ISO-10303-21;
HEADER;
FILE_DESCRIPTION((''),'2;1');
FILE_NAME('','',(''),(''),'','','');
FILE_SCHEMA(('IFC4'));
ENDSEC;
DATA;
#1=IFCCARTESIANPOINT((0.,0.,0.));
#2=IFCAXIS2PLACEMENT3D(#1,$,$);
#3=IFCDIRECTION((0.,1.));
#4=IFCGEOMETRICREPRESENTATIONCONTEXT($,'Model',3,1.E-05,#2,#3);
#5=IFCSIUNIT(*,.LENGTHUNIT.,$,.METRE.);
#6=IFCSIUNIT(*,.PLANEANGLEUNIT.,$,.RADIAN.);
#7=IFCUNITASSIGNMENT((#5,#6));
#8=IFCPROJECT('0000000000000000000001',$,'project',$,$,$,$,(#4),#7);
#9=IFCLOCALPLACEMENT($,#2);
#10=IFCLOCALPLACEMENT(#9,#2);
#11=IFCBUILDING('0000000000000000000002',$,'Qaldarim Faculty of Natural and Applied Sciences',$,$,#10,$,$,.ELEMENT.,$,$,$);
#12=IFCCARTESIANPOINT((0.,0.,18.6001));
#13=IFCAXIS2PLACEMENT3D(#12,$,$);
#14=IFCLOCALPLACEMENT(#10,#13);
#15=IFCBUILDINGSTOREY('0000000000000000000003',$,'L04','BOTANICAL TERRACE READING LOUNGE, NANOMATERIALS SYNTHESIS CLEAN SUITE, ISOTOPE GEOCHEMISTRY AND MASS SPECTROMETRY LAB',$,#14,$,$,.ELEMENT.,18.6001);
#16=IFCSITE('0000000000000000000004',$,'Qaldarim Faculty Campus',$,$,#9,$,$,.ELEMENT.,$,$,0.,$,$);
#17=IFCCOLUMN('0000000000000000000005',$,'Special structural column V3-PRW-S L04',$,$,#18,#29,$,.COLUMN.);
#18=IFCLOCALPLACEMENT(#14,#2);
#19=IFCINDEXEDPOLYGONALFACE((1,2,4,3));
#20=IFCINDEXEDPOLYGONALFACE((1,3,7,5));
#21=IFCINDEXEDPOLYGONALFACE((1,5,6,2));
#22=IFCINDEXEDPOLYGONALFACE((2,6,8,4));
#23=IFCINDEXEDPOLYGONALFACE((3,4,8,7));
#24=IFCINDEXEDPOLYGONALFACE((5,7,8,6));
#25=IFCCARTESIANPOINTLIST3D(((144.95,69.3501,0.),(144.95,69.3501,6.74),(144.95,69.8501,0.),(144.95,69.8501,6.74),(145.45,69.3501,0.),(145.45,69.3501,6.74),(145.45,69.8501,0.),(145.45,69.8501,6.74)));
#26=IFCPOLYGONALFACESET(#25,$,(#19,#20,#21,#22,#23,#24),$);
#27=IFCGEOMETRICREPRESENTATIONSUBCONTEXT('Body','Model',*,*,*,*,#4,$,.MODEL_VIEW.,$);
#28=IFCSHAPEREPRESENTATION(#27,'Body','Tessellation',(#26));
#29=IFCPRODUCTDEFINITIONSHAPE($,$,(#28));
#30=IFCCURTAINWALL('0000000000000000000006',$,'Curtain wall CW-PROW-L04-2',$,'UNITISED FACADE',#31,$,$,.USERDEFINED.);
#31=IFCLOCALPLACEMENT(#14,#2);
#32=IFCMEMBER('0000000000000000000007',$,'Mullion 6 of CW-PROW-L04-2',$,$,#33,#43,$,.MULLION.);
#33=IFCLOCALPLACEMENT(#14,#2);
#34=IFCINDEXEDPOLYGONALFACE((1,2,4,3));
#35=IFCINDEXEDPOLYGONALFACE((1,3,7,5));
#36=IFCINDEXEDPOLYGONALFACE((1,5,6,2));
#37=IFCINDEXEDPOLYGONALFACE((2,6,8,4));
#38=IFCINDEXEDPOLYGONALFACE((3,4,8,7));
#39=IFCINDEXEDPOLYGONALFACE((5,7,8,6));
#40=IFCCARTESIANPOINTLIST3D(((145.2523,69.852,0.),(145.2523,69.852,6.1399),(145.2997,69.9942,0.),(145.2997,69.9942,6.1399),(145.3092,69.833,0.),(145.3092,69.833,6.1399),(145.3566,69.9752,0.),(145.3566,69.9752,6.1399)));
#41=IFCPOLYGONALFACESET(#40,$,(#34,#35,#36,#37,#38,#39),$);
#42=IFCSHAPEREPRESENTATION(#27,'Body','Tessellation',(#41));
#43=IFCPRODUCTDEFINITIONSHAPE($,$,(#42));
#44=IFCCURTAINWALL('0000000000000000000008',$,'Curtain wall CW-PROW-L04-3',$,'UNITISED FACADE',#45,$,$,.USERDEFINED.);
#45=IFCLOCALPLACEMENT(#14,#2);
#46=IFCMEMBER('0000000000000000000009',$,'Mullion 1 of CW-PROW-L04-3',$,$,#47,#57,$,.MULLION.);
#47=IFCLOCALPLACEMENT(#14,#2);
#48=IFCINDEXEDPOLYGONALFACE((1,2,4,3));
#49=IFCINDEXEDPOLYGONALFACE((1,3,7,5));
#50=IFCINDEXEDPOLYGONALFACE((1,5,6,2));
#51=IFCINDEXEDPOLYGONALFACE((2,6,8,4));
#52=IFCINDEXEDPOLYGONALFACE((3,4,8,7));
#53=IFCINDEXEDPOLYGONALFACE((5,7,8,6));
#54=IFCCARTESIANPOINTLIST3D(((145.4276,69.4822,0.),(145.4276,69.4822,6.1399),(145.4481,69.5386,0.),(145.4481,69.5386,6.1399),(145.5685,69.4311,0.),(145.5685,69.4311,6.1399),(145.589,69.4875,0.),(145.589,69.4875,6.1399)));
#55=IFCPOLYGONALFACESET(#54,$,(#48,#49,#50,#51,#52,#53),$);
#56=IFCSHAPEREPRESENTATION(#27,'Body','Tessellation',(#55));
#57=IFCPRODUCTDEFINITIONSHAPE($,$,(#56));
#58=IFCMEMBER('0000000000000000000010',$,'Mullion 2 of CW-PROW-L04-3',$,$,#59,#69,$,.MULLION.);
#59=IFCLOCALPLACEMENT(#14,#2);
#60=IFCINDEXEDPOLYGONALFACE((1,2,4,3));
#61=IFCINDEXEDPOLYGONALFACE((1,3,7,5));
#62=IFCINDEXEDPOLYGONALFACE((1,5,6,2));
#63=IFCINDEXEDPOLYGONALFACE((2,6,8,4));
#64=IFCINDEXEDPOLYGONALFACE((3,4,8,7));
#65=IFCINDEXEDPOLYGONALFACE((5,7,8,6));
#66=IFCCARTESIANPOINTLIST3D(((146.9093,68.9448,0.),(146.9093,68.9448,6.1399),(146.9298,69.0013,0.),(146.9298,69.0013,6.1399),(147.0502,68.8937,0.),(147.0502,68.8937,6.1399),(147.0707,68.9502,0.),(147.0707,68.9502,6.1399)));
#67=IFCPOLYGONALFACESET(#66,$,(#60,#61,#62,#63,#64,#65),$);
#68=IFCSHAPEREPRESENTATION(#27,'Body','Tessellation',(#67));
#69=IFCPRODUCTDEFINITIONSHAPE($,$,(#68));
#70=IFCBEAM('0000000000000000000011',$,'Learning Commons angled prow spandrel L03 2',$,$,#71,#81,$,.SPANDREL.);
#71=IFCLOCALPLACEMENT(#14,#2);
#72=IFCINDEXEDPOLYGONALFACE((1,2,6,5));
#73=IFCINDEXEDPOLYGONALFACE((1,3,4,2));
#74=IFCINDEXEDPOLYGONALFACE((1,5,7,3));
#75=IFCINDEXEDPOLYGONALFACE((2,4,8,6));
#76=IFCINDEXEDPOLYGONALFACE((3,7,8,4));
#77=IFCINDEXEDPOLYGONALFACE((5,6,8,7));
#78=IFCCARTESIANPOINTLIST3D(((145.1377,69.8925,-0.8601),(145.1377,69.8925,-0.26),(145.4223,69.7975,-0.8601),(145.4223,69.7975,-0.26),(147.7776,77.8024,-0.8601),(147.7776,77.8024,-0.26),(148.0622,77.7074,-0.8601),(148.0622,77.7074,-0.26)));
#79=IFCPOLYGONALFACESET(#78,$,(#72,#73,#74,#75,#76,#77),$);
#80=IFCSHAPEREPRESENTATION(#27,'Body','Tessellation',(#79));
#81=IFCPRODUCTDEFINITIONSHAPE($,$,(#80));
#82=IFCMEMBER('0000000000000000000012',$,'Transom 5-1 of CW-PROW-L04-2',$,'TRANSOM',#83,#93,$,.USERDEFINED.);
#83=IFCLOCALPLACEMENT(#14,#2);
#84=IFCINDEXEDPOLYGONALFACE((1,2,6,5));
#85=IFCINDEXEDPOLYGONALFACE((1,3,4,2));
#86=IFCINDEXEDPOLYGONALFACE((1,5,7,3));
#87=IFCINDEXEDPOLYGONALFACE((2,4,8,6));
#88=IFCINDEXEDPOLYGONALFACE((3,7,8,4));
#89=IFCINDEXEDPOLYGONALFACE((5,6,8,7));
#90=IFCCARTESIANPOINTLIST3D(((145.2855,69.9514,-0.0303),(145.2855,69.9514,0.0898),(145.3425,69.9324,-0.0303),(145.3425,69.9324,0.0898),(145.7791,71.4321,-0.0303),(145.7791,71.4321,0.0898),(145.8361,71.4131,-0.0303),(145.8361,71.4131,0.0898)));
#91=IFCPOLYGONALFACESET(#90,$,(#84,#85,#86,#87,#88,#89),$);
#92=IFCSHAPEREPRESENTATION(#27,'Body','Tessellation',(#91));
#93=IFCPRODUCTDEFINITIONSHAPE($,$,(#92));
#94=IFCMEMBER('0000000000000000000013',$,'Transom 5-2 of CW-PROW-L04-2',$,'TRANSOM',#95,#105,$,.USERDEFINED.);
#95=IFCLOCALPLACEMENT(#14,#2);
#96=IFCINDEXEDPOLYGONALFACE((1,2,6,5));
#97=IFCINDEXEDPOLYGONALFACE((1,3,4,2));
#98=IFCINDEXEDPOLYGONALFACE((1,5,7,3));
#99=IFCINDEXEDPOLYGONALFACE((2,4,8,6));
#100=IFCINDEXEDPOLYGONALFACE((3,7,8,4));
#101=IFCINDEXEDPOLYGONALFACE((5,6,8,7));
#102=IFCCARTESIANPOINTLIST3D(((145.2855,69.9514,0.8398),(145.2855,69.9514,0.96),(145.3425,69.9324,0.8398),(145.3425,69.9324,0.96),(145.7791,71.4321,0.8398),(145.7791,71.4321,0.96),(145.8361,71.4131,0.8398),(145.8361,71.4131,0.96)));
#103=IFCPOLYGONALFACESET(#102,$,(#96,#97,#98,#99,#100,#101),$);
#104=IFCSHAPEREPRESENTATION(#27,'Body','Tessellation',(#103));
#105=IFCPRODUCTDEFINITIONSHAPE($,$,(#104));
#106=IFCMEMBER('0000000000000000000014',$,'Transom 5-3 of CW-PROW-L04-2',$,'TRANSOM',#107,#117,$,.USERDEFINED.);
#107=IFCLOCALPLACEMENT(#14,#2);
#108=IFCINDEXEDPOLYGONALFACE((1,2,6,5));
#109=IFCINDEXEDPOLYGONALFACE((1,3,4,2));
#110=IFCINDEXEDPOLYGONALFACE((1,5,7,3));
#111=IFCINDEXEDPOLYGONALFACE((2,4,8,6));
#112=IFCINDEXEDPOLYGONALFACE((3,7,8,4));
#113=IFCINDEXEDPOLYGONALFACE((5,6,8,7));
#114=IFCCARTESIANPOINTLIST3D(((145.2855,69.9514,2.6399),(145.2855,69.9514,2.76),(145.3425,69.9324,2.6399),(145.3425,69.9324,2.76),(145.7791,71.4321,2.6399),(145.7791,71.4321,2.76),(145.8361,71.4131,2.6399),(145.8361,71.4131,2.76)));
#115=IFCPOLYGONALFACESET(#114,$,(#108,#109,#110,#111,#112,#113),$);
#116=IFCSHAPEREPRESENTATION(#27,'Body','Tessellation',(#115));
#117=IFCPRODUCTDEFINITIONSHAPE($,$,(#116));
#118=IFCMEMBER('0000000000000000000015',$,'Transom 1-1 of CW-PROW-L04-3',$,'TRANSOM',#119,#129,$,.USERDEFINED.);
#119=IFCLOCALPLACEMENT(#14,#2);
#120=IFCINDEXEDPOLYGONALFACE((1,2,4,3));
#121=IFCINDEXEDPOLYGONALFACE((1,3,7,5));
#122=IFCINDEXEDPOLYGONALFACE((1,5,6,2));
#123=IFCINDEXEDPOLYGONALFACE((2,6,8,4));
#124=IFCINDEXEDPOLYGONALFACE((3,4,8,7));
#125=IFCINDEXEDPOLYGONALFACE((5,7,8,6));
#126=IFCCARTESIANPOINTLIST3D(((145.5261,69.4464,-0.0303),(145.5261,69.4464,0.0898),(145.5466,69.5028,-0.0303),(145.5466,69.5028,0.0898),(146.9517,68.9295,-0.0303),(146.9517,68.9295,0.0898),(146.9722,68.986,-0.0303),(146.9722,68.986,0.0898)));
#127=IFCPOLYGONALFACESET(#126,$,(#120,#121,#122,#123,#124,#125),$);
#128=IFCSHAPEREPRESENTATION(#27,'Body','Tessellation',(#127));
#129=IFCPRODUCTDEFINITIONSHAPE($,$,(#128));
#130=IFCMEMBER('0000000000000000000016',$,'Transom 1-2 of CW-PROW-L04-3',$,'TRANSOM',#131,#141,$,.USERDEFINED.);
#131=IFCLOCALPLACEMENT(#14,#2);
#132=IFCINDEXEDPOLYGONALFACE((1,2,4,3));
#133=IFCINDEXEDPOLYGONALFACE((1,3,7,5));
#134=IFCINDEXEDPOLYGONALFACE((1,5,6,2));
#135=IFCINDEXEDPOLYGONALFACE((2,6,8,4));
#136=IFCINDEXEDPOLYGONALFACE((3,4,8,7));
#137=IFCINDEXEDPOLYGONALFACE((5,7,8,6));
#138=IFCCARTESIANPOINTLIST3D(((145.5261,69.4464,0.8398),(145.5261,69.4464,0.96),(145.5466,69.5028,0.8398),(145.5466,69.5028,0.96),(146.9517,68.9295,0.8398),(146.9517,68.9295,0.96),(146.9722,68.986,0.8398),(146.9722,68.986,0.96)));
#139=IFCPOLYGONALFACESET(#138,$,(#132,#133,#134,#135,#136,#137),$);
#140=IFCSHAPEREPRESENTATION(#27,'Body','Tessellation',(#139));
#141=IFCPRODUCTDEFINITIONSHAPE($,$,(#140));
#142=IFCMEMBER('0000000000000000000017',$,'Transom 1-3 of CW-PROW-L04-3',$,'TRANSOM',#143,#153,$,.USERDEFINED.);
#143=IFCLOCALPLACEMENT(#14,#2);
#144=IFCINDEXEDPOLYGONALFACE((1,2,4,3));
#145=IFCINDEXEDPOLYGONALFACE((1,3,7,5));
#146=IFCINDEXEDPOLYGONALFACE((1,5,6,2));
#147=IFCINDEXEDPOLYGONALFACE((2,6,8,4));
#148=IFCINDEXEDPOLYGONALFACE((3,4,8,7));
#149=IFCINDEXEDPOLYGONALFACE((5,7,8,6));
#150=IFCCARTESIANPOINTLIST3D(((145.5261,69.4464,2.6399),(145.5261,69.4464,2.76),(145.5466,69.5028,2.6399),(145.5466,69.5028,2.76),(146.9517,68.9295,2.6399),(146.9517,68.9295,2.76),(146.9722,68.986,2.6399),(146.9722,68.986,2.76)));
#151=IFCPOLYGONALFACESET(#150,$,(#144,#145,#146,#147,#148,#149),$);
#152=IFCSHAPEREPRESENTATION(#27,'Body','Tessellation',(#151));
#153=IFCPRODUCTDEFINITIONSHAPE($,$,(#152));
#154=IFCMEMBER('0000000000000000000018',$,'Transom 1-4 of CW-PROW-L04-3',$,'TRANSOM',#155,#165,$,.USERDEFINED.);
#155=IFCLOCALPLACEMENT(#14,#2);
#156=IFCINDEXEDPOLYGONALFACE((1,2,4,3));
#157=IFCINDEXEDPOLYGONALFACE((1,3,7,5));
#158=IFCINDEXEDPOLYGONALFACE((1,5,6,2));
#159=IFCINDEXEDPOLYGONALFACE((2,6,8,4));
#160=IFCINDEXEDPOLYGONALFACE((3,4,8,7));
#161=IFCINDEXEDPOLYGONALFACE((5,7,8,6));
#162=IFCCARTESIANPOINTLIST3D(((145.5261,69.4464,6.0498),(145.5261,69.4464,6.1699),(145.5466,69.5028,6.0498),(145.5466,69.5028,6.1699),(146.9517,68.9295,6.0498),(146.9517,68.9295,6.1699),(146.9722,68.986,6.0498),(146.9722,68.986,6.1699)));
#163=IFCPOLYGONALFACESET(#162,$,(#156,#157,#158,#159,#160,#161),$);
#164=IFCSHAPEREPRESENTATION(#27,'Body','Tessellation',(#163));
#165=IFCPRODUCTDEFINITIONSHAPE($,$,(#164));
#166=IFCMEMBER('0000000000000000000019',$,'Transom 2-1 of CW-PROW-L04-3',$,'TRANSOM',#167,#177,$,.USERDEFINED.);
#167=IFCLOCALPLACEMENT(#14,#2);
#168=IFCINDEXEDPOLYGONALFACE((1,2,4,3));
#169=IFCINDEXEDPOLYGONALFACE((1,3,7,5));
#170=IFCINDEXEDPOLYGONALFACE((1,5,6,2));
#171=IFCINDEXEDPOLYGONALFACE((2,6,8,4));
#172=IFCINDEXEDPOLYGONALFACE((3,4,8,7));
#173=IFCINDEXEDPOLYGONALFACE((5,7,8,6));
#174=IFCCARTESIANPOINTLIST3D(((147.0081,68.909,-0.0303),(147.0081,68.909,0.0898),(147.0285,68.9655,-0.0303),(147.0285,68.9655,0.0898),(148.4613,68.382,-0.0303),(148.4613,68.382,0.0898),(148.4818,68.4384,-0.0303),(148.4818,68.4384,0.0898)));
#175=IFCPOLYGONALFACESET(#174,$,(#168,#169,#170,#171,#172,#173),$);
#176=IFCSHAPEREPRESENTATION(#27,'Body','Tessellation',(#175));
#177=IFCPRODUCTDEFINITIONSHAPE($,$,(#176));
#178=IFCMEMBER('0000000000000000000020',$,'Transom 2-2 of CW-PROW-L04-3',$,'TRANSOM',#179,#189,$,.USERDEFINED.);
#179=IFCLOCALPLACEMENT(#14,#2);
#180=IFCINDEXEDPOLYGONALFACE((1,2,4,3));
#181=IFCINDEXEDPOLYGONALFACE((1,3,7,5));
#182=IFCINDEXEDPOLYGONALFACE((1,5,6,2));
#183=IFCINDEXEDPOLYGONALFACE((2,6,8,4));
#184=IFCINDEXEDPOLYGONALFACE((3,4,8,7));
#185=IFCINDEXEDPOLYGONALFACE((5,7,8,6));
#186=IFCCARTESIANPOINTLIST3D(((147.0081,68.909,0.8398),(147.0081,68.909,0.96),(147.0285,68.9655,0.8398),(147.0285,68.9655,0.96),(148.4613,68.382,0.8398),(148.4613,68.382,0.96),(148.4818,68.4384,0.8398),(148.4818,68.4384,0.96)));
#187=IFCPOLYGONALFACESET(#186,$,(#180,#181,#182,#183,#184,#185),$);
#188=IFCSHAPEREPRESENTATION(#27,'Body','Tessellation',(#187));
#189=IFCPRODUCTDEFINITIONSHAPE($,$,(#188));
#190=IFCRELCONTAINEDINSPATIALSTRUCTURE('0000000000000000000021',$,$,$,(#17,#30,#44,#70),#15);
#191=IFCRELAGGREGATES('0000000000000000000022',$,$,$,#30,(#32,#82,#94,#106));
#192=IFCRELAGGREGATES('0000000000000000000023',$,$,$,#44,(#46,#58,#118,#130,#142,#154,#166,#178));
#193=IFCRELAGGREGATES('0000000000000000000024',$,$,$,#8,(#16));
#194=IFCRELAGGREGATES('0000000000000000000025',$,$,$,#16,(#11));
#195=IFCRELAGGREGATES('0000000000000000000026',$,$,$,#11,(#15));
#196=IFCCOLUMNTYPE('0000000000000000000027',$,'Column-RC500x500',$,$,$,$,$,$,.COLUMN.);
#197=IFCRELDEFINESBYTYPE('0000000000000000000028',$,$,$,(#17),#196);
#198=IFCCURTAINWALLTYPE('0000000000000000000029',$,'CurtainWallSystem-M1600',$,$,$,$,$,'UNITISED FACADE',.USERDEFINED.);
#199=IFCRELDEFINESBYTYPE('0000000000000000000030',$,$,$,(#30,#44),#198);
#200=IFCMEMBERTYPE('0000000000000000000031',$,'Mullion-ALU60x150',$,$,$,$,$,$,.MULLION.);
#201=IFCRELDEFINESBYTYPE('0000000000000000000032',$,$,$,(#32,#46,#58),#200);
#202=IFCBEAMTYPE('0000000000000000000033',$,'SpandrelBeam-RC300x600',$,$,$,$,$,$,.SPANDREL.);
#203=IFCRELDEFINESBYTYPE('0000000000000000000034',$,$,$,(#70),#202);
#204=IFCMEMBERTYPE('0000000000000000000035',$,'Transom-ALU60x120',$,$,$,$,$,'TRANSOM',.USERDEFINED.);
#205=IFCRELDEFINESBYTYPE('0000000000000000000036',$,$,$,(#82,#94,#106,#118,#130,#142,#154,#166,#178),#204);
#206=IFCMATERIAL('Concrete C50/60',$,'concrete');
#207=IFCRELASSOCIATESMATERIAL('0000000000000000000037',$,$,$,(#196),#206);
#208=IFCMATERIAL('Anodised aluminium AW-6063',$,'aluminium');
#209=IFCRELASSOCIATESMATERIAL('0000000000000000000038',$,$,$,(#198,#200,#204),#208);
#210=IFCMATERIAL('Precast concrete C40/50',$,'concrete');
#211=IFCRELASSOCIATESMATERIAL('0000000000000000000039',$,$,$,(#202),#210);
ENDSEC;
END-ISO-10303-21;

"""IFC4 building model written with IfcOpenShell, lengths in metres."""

from ifc_helpers import new_model, si_unit, direction, frame, origin, origin_2d, place, context, subcontext, project, spatial, rectangle, extrude, material, material_profile, profile_set, type_object, element, aggregate, save


model = new_model("IFC4")

# Units and contexts
model_context = context("Model", 3, precision=1e-05, world=origin(), true_north=direction((0.0, 1.0)))
body_context = subcontext(model_context, "Body", "Model", "MODEL_VIEW")
ifc_project = project(units=[si_unit("LENGTHUNIT", "METRE"), si_unit("PLANEANGLEUNIT", "RADIAN")], contexts=[model_context])

# Site, building, storey
site_placement = place(None, origin())
site = spatial("IfcSite", under=ifc_project, at=site_placement, Name="Qaldarim Faculty Campus", CompositionType="ELEMENT", RefElevation=0.0)
building_placement = place(site_placement, origin())
building = spatial("IfcBuilding", under=site, at=building_placement, Name="Qaldarim Faculty of Natural and Applied Sciences", CompositionType="ELEMENT")
storey_placement = place(building_placement, frame((0.0, 0.0, 18.6001)))
storey = spatial("IfcBuildingStorey", under=building, at=storey_placement, Name="L04", Description="BOTANICAL TERRACE READING LOUNGE, NANOMATERIALS SYNTHESIS CLEAN SUITE, ISOTOPE GEOCHEMISTRY AND MASS SPECTROMETRY LAB", CompositionType="ELEMENT", Elevation=18.6001)

# Column
ifc_material_1 = material(Name="Concrete C50/60", Category="concrete")
ifc_material_profile_1 = material_profile(ifc_material_1, rectangle(XDim=0.5, YDim=0.5, at=origin_2d()), Name="RC-C500x500")
ifc_profile_set_1 = profile_set([ifc_material_profile_1], Name="Concrete C50/60")
column_type = type_object("IfcColumnType", Name="Column-RC500x500", PredefinedType="COLUMN", material=ifc_profile_set_1)
column_placement = place(storey_placement, frame((145.2, 69.6001, 0.0), z_axis=(0.0, 0.0, 1.0), x_axis=(1.0, 0.0, 0.0)))
element("IfcColumn", 1, at=column_placement, inside=storey, type_object=column_type, Name="Special structural column V3-PRW-S L04", PredefinedType="COLUMN", context=body_context, shape_type="SweptSolid", body=[
    extrude(rectangle(XDim=0.5, YDim=0.5, at=origin_2d()), origin(), (0.0, 0.0, 1.0), 6.74),
])

# Curtain wall, member
ifc_material_2 = material(Name="Anodised aluminium AW-6063", Category="aluminium")
curtain_wall_type = type_object("IfcCurtainWallType", Name="CurtainWallSystem-M1600", ElementType="UNITISED FACADE", PredefinedType="USERDEFINED", material=ifc_material_2)
curtain_wall_1_placement = place(storey_placement, origin())
curtain_wall_1 = element("IfcCurtainWall", 2, at=curtain_wall_1_placement, inside=storey, type_object=curtain_wall_type, Name="Curtain wall CW-PROW-L04-2", ObjectType="UNITISED FACADE", PredefinedType="USERDEFINED")
ifc_material_profile_2 = material_profile(ifc_material_2, rectangle(XDim=0.0601, YDim=0.1499, at=origin_2d()), Name="ALU-M60x150")
ifc_profile_set_2 = profile_set([ifc_material_profile_2], Name="Anodised aluminium AW-6063")
member_type_1 = type_object("IfcMemberType", Name="Mullion-ALU60x150", PredefinedType="MULLION", material=ifc_profile_set_2)
member_1_placement = place(storey_placement, frame((145.3044, 69.9136, 0.0), z_axis=(0.0, 0.0, 1.0), x_axis=(0.948683, -0.316229, 0.0)))
member_1 = element("IfcMember", 3, at=member_1_placement, type_object=member_type_1, Name="Mullion 6 of CW-PROW-L04-2", PredefinedType="MULLION", context=body_context, shape_type="SweptSolid", body=[
    extrude(rectangle(XDim=0.0601, YDim=0.1499, at=origin_2d()), origin(), (0.0, 0.0, 1.0), 6.1399),
])

# Curtain wall, members
curtain_wall_2_placement = place(storey_placement, origin())
curtain_wall_2 = element("IfcCurtainWall", 4, at=curtain_wall_2_placement, inside=storey, type_object=curtain_wall_type, Name="Curtain wall CW-PROW-L04-3", ObjectType="UNITISED FACADE", PredefinedType="USERDEFINED")
member_2_placement = place(storey_placement, frame((145.5083, 69.4849, 0.0), z_axis=(0.0, 0.0, 1.0), x_axis=(0.340872, 0.94011, 0.0)))
member_2 = element("IfcMember", 5, at=member_2_placement, type_object=member_type_1, Name="Mullion 1 of CW-PROW-L04-3", PredefinedType="MULLION", context=body_context, shape_type="SweptSolid", body=[
    extrude(rectangle(XDim=0.0601, YDim=0.1499, at=origin_2d()), origin(), (0.0, 0.0, 1.0), 6.1399),
])
member_3_placement = place(storey_placement, frame((146.99, 68.9475, 0.0), z_axis=(0.0, 0.0, 1.0), x_axis=(0.340872, 0.94011, 0.0)))
member_3 = element("IfcMember", 6, at=member_3_placement, type_object=member_type_1, Name="Mullion 2 of CW-PROW-L04-3", PredefinedType="MULLION", context=body_context, shape_type="SweptSolid", body=[
    extrude(rectangle(XDim=0.0601, YDim=0.1499, at=origin_2d()), origin(), (0.0, 0.0, 1.0), 6.1399),
])

# Beam
ifc_material_3 = material(Name="Precast concrete C40/50", Category="concrete")
ifc_material_profile_3 = material_profile(ifc_material_3, rectangle(XDim=0.3, YDim=0.6001, at=origin_2d()), Name="RC-SP300x600")
ifc_profile_set_3 = profile_set([ifc_material_profile_3], Name="Precast concrete C40/50")
beam_type = type_object("IfcBeamType", Name="SpandrelBeam-RC300x600", PredefinedType="SPANDREL", material=ifc_profile_set_3)
beam_placement = place(storey_placement, frame((145.28, 69.845, -0.5601), z_axis=(0.316579, 0.948566, 0.0), x_axis=(-0.948566, 0.316579, 0.0)))
element("IfcBeam", 7, at=beam_placement, inside=storey, type_object=beam_type, Name="Learning Commons angled prow spandrel L03 2", PredefinedType="SPANDREL", context=body_context, shape_type="SweptSolid", body=[
    extrude(rectangle(XDim=0.3, YDim=0.6001, at=origin_2d()), origin(), (0.0, 0.0, 1.0), 8.3389),
])

# Members
ifc_material_profile_4 = material_profile(ifc_material_2, rectangle(XDim=0.0601, YDim=0.1201, at=origin_2d()), Name="ALU-T60x120")
ifc_profile_set_4 = profile_set([ifc_material_profile_4], Name="Anodised aluminium AW-6063")
member_type_2 = type_object("IfcMemberType", Name="Transom-ALU60x120", ElementType="TRANSOM", PredefinedType="USERDEFINED", material=ifc_profile_set_4)
member_4_placement = place(storey_placement, frame((145.8076, 71.4226, 0.0298), z_axis=(-0.316275, -0.948668, 0.0), x_axis=(0.948668, -0.316275, 0.0)))
member_4 = element("IfcMember", 8, at=member_4_placement, type_object=member_type_2, Name="Transom 5-1 of CW-PROW-L04-2", ObjectType="TRANSOM", PredefinedType="USERDEFINED", context=body_context, shape_type="SweptSolid", body=[
    extrude(rectangle(XDim=0.0601, YDim=0.1201, at=origin_2d()), origin(), (0.0, 0.0, 1.0), 1.5608),
])
member_5_placement = place(storey_placement, frame((145.8076, 71.4226, 0.8999), z_axis=(-0.316275, -0.948668, 0.0), x_axis=(0.948668, -0.316275, 0.0)))
member_5 = element("IfcMember", 9, at=member_5_placement, type_object=member_type_2, Name="Transom 5-2 of CW-PROW-L04-2", ObjectType="TRANSOM", PredefinedType="USERDEFINED", context=body_context, shape_type="SweptSolid", body=[
    extrude(rectangle(XDim=0.0601, YDim=0.1201, at=origin_2d()), origin(), (0.0, 0.0, 1.0), 1.5608),
])
member_6_placement = place(storey_placement, frame((145.8076, 71.4226, 2.7), z_axis=(-0.316275, -0.948668, 0.0), x_axis=(0.948668, -0.316275, 0.0)))
member_6 = element("IfcMember", 10, at=member_6_placement, type_object=member_type_2, Name="Transom 5-3 of CW-PROW-L04-2", ObjectType="TRANSOM", PredefinedType="USERDEFINED", context=body_context, shape_type="SweptSolid", body=[
    extrude(rectangle(XDim=0.0601, YDim=0.1201, at=origin_2d()), origin(), (0.0, 0.0, 1.0), 1.5608),
])
member_7_placement = place(storey_placement, frame((145.5364, 69.4746, 0.0298), z_axis=(0.940117, -0.340851, 0.0), x_axis=(0.340851, 0.940117, 0.0)))
member_7 = element("IfcMember", 11, at=member_7_placement, type_object=member_type_2, Name="Transom 1-1 of CW-PROW-L04-3", ObjectType="TRANSOM", PredefinedType="USERDEFINED", context=body_context, shape_type="SweptSolid", body=[
    extrude(rectangle(XDim=0.0601, YDim=0.1201, at=origin_2d()), origin(), (0.0, 0.0, 1.0), 1.5164),
])
member_8_placement = place(storey_placement, frame((145.5364, 69.4746, 0.8999), z_axis=(0.940117, -0.340851, 0.0), x_axis=(0.340851, 0.940117, 0.0)))
member_8 = element("IfcMember", 12, at=member_8_placement, type_object=member_type_2, Name="Transom 1-2 of CW-PROW-L04-3", ObjectType="TRANSOM", PredefinedType="USERDEFINED", context=body_context, shape_type="SweptSolid", body=[
    extrude(rectangle(XDim=0.0601, YDim=0.1201, at=origin_2d()), origin(), (0.0, 0.0, 1.0), 1.5164),
])
member_9_placement = place(storey_placement, frame((145.5364, 69.4746, 2.7), z_axis=(0.940117, -0.340851, 0.0), x_axis=(0.340851, 0.940117, 0.0)))
member_9 = element("IfcMember", 13, at=member_9_placement, type_object=member_type_2, Name="Transom 1-3 of CW-PROW-L04-3", ObjectType="TRANSOM", PredefinedType="USERDEFINED", context=body_context, shape_type="SweptSolid", body=[
    extrude(rectangle(XDim=0.0601, YDim=0.1201, at=origin_2d()), origin(), (0.0, 0.0, 1.0), 1.5164),
])
member_10_placement = place(storey_placement, frame((145.5364, 69.4746, 6.1099), z_axis=(0.940117, -0.340851, 0.0), x_axis=(0.340851, 0.940117, 0.0)))
member_10 = element("IfcMember", 14, at=member_10_placement, type_object=member_type_2, Name="Transom 1-4 of CW-PROW-L04-3", ObjectType="TRANSOM", PredefinedType="USERDEFINED", context=body_context, shape_type="SweptSolid", body=[
    extrude(rectangle(XDim=0.0601, YDim=0.1201, at=origin_2d()), origin(), (0.0, 0.0, 1.0), 1.5164),
])
member_11_placement = place(storey_placement, frame((147.0183, 68.9373, 0.0298), z_axis=(0.940084, -0.340944, 0.0), x_axis=(0.340944, 0.940084, 0.0)))
member_11 = element("IfcMember", 15, at=member_11_placement, type_object=member_type_2, Name="Transom 2-1 of CW-PROW-L04-3", ObjectType="TRANSOM", PredefinedType="USERDEFINED", context=body_context, shape_type="SweptSolid", body=[
    extrude(rectangle(XDim=0.0601, YDim=0.1201, at=origin_2d()), origin(), (0.0, 0.0, 1.0), 1.5459),
])
member_12_placement = place(storey_placement, frame((147.0183, 68.9373, 0.8999), z_axis=(0.940084, -0.340944, 0.0), x_axis=(0.340944, 0.940084, 0.0)))
member_12 = element("IfcMember", 16, at=member_12_placement, type_object=member_type_2, Name="Transom 2-2 of CW-PROW-L04-3", ObjectType="TRANSOM", PredefinedType="USERDEFINED", context=body_context, shape_type="SweptSolid", body=[
    extrude(rectangle(XDim=0.0601, YDim=0.1201, at=origin_2d()), origin(), (0.0, 0.0, 1.0), 1.5459),
])

aggregate(curtain_wall_1, [member_1, member_4, member_5, member_6])
aggregate(curtain_wall_2, [member_2, member_3, member_7, member_8, member_9, member_10, member_11, member_12])

save(model, "model.ifc")
